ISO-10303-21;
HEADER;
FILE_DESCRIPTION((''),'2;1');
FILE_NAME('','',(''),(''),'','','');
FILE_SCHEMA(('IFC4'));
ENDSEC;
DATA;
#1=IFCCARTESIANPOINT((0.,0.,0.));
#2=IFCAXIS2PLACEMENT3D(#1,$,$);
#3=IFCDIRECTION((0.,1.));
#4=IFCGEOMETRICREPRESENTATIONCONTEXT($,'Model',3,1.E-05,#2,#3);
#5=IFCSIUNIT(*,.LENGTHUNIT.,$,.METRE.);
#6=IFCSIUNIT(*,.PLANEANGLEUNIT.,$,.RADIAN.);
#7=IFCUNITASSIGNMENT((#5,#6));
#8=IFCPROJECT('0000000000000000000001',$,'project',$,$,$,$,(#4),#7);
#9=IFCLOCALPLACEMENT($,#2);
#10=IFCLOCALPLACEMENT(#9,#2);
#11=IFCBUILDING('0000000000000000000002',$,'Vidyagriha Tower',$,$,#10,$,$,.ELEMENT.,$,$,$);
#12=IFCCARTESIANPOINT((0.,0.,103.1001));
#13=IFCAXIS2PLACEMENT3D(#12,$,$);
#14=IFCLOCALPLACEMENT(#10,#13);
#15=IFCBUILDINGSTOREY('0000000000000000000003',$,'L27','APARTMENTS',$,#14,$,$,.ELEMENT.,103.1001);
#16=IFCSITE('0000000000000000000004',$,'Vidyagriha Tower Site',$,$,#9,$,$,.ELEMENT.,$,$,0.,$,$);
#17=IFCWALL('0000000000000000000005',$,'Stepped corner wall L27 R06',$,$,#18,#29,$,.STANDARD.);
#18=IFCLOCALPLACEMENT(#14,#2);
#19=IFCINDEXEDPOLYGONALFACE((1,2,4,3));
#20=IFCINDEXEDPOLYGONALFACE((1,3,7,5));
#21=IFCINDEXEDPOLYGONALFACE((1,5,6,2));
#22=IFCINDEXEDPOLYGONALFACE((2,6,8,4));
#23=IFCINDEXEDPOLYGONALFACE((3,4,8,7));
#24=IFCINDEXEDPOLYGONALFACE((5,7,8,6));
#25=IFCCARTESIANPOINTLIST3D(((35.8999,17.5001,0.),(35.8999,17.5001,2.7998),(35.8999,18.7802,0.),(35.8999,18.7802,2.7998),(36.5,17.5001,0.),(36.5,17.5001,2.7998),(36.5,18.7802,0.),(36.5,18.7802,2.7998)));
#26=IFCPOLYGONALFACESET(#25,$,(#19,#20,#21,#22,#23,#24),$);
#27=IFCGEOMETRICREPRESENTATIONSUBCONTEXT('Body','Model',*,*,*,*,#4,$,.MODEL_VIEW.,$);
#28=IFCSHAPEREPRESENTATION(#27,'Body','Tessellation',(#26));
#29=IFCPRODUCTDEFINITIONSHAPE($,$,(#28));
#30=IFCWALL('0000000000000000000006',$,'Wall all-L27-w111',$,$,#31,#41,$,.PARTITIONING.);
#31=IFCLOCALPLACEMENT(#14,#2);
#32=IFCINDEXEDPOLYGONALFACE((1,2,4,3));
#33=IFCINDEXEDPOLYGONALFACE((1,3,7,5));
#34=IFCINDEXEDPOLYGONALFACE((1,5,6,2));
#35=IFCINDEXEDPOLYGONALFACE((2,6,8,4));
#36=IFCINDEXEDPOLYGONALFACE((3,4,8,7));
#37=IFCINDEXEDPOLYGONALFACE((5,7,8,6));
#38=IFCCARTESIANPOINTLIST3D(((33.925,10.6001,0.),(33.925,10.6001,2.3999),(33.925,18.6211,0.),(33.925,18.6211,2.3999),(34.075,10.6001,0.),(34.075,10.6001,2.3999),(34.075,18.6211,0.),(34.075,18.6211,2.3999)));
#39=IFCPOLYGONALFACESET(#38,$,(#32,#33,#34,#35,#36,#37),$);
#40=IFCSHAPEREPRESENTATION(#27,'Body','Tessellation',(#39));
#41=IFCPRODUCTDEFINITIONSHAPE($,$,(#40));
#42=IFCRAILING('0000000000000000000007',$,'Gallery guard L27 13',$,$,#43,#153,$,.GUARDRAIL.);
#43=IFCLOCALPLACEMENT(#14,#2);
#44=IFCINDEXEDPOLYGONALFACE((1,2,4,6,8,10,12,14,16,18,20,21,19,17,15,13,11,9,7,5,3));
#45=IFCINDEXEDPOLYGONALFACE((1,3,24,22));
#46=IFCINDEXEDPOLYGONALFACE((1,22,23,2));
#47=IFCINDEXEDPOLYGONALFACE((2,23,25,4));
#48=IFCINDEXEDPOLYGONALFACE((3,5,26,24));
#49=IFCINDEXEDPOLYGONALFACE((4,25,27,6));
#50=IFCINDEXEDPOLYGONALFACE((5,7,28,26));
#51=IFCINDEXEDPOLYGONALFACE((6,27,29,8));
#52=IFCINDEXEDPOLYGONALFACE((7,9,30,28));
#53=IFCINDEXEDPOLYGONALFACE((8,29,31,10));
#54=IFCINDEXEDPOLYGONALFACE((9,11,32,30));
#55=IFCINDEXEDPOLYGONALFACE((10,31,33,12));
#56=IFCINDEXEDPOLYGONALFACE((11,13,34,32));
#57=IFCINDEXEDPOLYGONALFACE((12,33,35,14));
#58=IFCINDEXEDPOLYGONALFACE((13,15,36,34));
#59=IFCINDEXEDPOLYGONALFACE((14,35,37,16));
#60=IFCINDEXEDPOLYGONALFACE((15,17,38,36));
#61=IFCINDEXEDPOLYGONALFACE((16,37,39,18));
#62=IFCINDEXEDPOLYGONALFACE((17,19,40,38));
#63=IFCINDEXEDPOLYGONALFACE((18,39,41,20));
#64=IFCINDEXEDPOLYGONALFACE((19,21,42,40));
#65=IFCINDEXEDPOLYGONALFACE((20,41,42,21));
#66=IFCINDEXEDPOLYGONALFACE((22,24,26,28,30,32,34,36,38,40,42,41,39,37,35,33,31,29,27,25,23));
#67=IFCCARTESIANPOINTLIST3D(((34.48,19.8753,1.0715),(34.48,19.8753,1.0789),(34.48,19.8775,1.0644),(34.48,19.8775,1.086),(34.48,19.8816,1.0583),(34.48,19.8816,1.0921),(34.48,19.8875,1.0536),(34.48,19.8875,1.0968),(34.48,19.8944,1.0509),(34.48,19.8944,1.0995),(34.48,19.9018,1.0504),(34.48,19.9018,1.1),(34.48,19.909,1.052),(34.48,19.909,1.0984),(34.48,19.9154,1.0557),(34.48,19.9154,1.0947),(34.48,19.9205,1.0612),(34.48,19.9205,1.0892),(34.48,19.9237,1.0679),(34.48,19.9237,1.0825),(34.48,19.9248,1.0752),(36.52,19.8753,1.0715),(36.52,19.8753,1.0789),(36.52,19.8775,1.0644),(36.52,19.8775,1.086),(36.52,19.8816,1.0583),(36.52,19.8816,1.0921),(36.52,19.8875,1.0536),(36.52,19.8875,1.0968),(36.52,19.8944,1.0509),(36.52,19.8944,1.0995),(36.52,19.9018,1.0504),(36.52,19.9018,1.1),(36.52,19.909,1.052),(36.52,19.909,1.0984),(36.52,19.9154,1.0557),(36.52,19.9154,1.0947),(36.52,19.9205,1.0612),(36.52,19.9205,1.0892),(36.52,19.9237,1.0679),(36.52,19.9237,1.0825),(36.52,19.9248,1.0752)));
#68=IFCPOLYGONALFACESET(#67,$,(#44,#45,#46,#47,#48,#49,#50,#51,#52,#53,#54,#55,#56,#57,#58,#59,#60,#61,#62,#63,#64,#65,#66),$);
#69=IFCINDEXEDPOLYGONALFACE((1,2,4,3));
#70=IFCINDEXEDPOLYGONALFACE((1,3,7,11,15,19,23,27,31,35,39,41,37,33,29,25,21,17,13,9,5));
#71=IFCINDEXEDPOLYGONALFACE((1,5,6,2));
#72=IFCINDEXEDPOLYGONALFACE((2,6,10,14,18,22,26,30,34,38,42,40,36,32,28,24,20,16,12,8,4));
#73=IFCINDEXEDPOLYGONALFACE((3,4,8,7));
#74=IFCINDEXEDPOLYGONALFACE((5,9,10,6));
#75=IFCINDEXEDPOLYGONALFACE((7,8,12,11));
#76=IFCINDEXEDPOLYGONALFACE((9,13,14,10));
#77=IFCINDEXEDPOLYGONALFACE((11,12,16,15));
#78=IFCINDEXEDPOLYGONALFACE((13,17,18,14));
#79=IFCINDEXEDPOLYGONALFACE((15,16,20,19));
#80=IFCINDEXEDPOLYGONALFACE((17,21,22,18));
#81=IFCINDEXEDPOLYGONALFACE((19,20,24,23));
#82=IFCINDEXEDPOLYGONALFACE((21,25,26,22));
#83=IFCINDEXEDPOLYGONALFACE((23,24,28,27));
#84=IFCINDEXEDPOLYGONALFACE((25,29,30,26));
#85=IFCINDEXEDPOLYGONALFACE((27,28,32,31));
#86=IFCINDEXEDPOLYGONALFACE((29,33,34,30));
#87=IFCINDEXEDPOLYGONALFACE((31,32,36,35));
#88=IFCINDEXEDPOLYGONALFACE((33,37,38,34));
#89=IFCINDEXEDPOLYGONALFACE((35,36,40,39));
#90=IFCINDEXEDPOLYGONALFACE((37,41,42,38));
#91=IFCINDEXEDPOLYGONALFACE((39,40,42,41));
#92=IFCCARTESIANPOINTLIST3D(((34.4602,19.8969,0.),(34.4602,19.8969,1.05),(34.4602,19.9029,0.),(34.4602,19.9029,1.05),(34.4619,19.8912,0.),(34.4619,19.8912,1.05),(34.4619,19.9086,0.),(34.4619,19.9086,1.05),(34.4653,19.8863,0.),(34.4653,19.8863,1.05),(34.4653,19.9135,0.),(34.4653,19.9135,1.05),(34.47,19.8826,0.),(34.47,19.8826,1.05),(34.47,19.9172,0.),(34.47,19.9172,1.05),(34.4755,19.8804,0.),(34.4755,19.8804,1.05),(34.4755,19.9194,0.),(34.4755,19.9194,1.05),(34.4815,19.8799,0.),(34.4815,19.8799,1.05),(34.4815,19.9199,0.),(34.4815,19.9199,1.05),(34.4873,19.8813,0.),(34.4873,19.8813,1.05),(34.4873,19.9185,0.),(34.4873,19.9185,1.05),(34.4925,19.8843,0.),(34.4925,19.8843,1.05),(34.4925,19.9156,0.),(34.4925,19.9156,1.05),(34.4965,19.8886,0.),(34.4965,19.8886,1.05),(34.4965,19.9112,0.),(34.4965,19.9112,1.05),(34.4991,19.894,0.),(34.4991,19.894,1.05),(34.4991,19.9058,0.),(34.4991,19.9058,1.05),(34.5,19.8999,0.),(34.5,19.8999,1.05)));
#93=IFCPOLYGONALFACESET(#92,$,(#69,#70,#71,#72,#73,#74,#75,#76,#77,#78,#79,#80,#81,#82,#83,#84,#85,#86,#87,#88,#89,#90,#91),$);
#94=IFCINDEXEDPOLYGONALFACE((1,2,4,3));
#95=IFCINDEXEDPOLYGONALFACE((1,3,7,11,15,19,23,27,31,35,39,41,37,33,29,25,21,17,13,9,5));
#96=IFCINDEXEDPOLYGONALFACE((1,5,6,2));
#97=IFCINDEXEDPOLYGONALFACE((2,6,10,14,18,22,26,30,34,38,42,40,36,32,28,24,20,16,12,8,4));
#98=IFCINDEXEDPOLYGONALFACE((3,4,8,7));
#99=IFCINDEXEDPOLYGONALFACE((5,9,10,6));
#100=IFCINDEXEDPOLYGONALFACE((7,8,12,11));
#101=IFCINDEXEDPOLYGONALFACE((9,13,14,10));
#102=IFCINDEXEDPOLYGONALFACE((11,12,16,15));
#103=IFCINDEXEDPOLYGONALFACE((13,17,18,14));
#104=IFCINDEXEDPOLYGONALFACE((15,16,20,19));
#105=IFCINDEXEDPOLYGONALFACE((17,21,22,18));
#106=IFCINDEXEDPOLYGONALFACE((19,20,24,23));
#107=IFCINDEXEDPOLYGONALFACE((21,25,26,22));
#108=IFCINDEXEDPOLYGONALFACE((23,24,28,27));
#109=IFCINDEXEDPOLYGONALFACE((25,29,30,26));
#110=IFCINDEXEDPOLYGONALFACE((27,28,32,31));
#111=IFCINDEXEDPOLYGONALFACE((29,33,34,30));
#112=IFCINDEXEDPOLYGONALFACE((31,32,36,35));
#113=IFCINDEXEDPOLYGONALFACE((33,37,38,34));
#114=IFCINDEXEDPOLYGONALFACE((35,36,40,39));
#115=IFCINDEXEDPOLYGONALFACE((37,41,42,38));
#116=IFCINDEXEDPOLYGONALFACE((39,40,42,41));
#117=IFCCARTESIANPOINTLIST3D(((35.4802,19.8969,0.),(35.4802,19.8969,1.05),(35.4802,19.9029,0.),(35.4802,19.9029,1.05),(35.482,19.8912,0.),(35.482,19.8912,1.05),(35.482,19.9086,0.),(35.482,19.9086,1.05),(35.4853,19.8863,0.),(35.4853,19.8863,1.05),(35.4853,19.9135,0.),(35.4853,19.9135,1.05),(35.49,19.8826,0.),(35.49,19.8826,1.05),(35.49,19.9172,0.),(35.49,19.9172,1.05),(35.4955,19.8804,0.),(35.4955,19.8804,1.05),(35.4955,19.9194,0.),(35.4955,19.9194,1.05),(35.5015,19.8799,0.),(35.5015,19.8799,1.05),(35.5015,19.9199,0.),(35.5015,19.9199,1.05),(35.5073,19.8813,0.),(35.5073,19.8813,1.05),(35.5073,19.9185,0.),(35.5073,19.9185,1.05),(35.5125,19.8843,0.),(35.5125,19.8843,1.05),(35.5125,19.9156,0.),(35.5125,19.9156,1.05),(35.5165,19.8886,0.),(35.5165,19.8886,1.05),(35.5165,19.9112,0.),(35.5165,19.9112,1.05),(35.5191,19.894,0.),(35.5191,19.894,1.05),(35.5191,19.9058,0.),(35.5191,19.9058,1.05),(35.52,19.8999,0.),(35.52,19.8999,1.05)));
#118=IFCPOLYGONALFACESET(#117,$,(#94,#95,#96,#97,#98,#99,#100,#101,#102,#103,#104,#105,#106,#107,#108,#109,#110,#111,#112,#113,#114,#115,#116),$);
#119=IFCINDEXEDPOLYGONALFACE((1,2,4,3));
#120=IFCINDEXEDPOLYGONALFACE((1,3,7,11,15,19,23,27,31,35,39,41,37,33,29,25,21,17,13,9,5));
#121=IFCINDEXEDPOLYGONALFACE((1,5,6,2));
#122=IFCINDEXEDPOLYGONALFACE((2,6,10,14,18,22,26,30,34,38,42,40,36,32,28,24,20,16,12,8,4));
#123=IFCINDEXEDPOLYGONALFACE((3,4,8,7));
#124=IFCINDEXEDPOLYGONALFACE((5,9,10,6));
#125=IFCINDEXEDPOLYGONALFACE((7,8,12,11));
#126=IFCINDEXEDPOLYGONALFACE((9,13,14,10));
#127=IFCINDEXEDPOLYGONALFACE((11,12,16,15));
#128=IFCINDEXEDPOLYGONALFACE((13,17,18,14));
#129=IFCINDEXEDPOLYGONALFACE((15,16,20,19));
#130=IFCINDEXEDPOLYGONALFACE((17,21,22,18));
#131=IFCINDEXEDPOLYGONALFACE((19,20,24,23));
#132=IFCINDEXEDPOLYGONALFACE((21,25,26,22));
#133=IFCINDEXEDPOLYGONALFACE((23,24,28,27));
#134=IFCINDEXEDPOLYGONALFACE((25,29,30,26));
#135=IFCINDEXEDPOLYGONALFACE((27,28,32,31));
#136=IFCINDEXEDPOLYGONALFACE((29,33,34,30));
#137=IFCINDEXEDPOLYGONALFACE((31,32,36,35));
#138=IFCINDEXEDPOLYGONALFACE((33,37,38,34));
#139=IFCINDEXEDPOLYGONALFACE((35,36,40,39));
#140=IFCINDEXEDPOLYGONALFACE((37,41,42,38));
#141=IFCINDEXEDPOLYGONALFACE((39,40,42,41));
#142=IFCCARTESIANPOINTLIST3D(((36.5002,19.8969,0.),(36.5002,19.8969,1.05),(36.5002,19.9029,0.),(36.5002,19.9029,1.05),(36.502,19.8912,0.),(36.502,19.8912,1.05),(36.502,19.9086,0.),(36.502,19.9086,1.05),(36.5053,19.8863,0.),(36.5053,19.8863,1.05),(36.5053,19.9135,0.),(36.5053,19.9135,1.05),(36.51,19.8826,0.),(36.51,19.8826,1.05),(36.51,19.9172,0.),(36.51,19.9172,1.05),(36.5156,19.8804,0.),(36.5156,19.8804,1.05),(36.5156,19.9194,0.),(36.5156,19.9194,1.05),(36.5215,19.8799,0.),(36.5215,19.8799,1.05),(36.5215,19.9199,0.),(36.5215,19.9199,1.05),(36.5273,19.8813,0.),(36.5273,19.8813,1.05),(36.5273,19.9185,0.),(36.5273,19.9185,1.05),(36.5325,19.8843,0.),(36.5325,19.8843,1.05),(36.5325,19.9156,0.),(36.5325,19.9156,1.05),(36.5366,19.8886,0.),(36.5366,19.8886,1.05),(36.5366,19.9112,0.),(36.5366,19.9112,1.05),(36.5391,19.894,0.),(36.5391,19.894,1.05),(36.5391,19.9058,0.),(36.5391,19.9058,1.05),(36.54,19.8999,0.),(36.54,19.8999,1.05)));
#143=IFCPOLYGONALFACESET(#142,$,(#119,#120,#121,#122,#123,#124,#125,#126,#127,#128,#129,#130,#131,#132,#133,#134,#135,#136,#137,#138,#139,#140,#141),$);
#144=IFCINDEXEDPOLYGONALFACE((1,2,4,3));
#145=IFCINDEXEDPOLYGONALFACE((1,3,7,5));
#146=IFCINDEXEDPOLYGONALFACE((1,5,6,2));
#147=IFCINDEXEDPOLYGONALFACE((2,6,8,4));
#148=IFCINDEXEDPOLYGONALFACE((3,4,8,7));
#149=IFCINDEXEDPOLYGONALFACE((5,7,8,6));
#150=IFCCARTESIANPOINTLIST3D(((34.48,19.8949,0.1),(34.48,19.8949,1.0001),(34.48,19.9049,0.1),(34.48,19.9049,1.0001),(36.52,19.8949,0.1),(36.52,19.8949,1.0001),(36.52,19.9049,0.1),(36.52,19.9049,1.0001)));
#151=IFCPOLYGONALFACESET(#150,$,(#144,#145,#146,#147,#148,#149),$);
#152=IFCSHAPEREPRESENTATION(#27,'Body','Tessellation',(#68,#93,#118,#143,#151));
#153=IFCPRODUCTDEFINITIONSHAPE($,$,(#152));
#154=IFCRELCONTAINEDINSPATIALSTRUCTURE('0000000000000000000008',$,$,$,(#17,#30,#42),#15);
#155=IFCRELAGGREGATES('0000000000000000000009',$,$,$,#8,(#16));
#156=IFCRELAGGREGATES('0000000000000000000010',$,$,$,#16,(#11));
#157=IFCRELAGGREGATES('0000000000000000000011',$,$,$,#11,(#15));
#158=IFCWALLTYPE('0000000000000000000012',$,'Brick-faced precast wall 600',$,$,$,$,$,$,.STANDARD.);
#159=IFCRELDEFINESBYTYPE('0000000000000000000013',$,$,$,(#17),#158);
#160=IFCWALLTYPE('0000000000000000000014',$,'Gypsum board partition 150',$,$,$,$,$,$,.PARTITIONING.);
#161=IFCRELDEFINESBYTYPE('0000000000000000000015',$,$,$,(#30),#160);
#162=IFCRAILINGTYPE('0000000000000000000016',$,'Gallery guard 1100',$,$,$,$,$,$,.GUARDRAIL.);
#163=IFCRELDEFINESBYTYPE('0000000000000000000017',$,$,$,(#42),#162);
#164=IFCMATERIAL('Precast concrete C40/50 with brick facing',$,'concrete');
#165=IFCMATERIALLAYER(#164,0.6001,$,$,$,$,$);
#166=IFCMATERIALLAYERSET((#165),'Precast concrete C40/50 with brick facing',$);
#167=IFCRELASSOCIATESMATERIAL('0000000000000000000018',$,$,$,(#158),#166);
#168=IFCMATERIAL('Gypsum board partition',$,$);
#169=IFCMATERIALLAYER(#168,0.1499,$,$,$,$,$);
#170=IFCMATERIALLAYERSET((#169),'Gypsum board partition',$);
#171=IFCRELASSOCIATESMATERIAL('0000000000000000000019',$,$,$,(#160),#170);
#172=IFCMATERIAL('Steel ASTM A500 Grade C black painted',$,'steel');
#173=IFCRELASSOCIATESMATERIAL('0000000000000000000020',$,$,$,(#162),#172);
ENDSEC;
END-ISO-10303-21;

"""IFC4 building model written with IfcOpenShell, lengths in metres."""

from ifc_helpers import new_model, si_unit, direction, frame, frame_2d, origin, origin_2d, place, context, subcontext, project, spatial, rectangle, circle, extrude, material, layer, layer_set, type_object, element, save


model = new_model("IFC4")

# Units and contexts
model_context = context("Model", 3, precision=1e-05, world=origin(), true_north=direction((0.0, 1.0)))
body_context = subcontext(model_context, "Body", "Model", "MODEL_VIEW")
ifc_project = project(units=[si_unit("LENGTHUNIT", "METRE"), si_unit("PLANEANGLEUNIT", "RADIAN")], contexts=[model_context])

# Site, building, storey
site_placement = place(None, origin())
site = spatial("IfcSite", under=ifc_project, at=site_placement, Name="Vidyagriha Tower Site", CompositionType="ELEMENT", RefElevation=0.0)
building_placement = place(site_placement, origin())
building = spatial("IfcBuilding", under=site, at=building_placement, Name="Vidyagriha Tower", CompositionType="ELEMENT")
storey_placement = place(building_placement, frame((0.0, 0.0, 103.1001)))
storey = spatial("IfcBuildingStorey", under=building, at=storey_placement, Name="L27", Description="APARTMENTS", CompositionType="ELEMENT", Elevation=103.1001)

# Shared definitions
ifc_material_1 = material(Name="Precast concrete C40/50 with brick facing", Category="concrete")
ifc_layer_1 = layer(ifc_material_1, 0.6001)
ifc_layer_set_1 = layer_set([ifc_layer_1], Name="Precast concrete C40/50 with brick facing")
wall_type_1 = type_object("IfcWallType", Name="Brick-faced precast wall 600", PredefinedType="STANDARD", material=ifc_layer_set_1)

# Walls
wall_1_placement = place(storey_placement, frame((36.2, 17.5, 0.0), z_axis=(0.0, 0.0, 1.0), x_axis=(0.0, 1.0, 0.0)))
element("IfcWall", 1, at=wall_1_placement, inside=storey, type_object=wall_type_1, Name="Stepped corner wall L27 R06", PredefinedType="STANDARD", context=body_context, shape_type="SweptSolid", body=[
    extrude(rectangle(XDim=1.28, YDim=0.6001, at=frame_2d((0.6401, 0.0))), origin(), (0.0, 0.0, 1.0), 2.7998),
])
ifc_material_2 = material(Name="Gypsum board partition")
ifc_layer_2 = layer(ifc_material_2, 0.1499)
ifc_layer_set_2 = layer_set([ifc_layer_2], Name="Gypsum board partition")
wall_type_2 = type_object("IfcWallType", Name="Gypsum board partition 150", PredefinedType="PARTITIONING", material=ifc_layer_set_2)
wall_2_placement = place(storey_placement, frame((34.0, 18.6211, 0.0), z_axis=(0.0, 0.0, 1.0), x_axis=(0.0, -1.0, 0.0)))
element("IfcWall", 2, at=wall_2_placement, inside=storey, type_object=wall_type_2, Name="Wall all-L27-w111", PredefinedType="PARTITIONING", context=body_context, shape_type="SweptSolid", body=[
    extrude(rectangle(XDim=8.021, YDim=0.1499, at=frame_2d((4.0105, 0.0))), origin(), (0.0, 0.0, 1.0), 2.3999),
])

# Railing
ifc_material_3 = material(Name="Steel ASTM A500 Grade C black painted", Category="steel")
railing_type = type_object("IfcRailingType", Name="Gallery guard 1100", PredefinedType="GUARDRAIL", material=ifc_material_3)
railing_1_placement = place(storey_placement, frame((34.48, 19.8999, 0.0)))
element("IfcRailing", 3, at=railing_1_placement, inside=storey, type_object=railing_type, Name="Gallery guard L27 13", PredefinedType="GUARDRAIL", context=body_context, shape_type="SweptSolid", body=[
    extrude(circle(Radius=0.0249, at=origin_2d()), frame((0.0, 0.0, 1.0752), z_axis=(1.0, 0.0, 0.0), x_axis=(0.0, 1.0, 0.0)), (0.0, 0.0, 1.0), 2.04),
    extrude(circle(Radius=0.02, at=origin_2d()), origin(), (0.0, 0.0, 1.0), 1.05),
    extrude(circle(Radius=0.02, at=origin_2d()), frame((1.02, 0.0, 0.0)), (0.0, 0.0, 1.0), 1.05),
    extrude(circle(Radius=0.02, at=origin_2d()), frame((2.04, 0.0, 0.0)), (0.0, 0.0, 1.0), 1.05),
    extrude(rectangle(XDim=0.01, YDim=0.9001, at=origin_2d()), frame((0.0, 0.0, 0.55), z_axis=(1.0, 0.0, 0.0), x_axis=(0.0, 1.0, 0.0)), (0.0, 0.0, 1.0), 2.04),
])

save(model, "model.ifc")
